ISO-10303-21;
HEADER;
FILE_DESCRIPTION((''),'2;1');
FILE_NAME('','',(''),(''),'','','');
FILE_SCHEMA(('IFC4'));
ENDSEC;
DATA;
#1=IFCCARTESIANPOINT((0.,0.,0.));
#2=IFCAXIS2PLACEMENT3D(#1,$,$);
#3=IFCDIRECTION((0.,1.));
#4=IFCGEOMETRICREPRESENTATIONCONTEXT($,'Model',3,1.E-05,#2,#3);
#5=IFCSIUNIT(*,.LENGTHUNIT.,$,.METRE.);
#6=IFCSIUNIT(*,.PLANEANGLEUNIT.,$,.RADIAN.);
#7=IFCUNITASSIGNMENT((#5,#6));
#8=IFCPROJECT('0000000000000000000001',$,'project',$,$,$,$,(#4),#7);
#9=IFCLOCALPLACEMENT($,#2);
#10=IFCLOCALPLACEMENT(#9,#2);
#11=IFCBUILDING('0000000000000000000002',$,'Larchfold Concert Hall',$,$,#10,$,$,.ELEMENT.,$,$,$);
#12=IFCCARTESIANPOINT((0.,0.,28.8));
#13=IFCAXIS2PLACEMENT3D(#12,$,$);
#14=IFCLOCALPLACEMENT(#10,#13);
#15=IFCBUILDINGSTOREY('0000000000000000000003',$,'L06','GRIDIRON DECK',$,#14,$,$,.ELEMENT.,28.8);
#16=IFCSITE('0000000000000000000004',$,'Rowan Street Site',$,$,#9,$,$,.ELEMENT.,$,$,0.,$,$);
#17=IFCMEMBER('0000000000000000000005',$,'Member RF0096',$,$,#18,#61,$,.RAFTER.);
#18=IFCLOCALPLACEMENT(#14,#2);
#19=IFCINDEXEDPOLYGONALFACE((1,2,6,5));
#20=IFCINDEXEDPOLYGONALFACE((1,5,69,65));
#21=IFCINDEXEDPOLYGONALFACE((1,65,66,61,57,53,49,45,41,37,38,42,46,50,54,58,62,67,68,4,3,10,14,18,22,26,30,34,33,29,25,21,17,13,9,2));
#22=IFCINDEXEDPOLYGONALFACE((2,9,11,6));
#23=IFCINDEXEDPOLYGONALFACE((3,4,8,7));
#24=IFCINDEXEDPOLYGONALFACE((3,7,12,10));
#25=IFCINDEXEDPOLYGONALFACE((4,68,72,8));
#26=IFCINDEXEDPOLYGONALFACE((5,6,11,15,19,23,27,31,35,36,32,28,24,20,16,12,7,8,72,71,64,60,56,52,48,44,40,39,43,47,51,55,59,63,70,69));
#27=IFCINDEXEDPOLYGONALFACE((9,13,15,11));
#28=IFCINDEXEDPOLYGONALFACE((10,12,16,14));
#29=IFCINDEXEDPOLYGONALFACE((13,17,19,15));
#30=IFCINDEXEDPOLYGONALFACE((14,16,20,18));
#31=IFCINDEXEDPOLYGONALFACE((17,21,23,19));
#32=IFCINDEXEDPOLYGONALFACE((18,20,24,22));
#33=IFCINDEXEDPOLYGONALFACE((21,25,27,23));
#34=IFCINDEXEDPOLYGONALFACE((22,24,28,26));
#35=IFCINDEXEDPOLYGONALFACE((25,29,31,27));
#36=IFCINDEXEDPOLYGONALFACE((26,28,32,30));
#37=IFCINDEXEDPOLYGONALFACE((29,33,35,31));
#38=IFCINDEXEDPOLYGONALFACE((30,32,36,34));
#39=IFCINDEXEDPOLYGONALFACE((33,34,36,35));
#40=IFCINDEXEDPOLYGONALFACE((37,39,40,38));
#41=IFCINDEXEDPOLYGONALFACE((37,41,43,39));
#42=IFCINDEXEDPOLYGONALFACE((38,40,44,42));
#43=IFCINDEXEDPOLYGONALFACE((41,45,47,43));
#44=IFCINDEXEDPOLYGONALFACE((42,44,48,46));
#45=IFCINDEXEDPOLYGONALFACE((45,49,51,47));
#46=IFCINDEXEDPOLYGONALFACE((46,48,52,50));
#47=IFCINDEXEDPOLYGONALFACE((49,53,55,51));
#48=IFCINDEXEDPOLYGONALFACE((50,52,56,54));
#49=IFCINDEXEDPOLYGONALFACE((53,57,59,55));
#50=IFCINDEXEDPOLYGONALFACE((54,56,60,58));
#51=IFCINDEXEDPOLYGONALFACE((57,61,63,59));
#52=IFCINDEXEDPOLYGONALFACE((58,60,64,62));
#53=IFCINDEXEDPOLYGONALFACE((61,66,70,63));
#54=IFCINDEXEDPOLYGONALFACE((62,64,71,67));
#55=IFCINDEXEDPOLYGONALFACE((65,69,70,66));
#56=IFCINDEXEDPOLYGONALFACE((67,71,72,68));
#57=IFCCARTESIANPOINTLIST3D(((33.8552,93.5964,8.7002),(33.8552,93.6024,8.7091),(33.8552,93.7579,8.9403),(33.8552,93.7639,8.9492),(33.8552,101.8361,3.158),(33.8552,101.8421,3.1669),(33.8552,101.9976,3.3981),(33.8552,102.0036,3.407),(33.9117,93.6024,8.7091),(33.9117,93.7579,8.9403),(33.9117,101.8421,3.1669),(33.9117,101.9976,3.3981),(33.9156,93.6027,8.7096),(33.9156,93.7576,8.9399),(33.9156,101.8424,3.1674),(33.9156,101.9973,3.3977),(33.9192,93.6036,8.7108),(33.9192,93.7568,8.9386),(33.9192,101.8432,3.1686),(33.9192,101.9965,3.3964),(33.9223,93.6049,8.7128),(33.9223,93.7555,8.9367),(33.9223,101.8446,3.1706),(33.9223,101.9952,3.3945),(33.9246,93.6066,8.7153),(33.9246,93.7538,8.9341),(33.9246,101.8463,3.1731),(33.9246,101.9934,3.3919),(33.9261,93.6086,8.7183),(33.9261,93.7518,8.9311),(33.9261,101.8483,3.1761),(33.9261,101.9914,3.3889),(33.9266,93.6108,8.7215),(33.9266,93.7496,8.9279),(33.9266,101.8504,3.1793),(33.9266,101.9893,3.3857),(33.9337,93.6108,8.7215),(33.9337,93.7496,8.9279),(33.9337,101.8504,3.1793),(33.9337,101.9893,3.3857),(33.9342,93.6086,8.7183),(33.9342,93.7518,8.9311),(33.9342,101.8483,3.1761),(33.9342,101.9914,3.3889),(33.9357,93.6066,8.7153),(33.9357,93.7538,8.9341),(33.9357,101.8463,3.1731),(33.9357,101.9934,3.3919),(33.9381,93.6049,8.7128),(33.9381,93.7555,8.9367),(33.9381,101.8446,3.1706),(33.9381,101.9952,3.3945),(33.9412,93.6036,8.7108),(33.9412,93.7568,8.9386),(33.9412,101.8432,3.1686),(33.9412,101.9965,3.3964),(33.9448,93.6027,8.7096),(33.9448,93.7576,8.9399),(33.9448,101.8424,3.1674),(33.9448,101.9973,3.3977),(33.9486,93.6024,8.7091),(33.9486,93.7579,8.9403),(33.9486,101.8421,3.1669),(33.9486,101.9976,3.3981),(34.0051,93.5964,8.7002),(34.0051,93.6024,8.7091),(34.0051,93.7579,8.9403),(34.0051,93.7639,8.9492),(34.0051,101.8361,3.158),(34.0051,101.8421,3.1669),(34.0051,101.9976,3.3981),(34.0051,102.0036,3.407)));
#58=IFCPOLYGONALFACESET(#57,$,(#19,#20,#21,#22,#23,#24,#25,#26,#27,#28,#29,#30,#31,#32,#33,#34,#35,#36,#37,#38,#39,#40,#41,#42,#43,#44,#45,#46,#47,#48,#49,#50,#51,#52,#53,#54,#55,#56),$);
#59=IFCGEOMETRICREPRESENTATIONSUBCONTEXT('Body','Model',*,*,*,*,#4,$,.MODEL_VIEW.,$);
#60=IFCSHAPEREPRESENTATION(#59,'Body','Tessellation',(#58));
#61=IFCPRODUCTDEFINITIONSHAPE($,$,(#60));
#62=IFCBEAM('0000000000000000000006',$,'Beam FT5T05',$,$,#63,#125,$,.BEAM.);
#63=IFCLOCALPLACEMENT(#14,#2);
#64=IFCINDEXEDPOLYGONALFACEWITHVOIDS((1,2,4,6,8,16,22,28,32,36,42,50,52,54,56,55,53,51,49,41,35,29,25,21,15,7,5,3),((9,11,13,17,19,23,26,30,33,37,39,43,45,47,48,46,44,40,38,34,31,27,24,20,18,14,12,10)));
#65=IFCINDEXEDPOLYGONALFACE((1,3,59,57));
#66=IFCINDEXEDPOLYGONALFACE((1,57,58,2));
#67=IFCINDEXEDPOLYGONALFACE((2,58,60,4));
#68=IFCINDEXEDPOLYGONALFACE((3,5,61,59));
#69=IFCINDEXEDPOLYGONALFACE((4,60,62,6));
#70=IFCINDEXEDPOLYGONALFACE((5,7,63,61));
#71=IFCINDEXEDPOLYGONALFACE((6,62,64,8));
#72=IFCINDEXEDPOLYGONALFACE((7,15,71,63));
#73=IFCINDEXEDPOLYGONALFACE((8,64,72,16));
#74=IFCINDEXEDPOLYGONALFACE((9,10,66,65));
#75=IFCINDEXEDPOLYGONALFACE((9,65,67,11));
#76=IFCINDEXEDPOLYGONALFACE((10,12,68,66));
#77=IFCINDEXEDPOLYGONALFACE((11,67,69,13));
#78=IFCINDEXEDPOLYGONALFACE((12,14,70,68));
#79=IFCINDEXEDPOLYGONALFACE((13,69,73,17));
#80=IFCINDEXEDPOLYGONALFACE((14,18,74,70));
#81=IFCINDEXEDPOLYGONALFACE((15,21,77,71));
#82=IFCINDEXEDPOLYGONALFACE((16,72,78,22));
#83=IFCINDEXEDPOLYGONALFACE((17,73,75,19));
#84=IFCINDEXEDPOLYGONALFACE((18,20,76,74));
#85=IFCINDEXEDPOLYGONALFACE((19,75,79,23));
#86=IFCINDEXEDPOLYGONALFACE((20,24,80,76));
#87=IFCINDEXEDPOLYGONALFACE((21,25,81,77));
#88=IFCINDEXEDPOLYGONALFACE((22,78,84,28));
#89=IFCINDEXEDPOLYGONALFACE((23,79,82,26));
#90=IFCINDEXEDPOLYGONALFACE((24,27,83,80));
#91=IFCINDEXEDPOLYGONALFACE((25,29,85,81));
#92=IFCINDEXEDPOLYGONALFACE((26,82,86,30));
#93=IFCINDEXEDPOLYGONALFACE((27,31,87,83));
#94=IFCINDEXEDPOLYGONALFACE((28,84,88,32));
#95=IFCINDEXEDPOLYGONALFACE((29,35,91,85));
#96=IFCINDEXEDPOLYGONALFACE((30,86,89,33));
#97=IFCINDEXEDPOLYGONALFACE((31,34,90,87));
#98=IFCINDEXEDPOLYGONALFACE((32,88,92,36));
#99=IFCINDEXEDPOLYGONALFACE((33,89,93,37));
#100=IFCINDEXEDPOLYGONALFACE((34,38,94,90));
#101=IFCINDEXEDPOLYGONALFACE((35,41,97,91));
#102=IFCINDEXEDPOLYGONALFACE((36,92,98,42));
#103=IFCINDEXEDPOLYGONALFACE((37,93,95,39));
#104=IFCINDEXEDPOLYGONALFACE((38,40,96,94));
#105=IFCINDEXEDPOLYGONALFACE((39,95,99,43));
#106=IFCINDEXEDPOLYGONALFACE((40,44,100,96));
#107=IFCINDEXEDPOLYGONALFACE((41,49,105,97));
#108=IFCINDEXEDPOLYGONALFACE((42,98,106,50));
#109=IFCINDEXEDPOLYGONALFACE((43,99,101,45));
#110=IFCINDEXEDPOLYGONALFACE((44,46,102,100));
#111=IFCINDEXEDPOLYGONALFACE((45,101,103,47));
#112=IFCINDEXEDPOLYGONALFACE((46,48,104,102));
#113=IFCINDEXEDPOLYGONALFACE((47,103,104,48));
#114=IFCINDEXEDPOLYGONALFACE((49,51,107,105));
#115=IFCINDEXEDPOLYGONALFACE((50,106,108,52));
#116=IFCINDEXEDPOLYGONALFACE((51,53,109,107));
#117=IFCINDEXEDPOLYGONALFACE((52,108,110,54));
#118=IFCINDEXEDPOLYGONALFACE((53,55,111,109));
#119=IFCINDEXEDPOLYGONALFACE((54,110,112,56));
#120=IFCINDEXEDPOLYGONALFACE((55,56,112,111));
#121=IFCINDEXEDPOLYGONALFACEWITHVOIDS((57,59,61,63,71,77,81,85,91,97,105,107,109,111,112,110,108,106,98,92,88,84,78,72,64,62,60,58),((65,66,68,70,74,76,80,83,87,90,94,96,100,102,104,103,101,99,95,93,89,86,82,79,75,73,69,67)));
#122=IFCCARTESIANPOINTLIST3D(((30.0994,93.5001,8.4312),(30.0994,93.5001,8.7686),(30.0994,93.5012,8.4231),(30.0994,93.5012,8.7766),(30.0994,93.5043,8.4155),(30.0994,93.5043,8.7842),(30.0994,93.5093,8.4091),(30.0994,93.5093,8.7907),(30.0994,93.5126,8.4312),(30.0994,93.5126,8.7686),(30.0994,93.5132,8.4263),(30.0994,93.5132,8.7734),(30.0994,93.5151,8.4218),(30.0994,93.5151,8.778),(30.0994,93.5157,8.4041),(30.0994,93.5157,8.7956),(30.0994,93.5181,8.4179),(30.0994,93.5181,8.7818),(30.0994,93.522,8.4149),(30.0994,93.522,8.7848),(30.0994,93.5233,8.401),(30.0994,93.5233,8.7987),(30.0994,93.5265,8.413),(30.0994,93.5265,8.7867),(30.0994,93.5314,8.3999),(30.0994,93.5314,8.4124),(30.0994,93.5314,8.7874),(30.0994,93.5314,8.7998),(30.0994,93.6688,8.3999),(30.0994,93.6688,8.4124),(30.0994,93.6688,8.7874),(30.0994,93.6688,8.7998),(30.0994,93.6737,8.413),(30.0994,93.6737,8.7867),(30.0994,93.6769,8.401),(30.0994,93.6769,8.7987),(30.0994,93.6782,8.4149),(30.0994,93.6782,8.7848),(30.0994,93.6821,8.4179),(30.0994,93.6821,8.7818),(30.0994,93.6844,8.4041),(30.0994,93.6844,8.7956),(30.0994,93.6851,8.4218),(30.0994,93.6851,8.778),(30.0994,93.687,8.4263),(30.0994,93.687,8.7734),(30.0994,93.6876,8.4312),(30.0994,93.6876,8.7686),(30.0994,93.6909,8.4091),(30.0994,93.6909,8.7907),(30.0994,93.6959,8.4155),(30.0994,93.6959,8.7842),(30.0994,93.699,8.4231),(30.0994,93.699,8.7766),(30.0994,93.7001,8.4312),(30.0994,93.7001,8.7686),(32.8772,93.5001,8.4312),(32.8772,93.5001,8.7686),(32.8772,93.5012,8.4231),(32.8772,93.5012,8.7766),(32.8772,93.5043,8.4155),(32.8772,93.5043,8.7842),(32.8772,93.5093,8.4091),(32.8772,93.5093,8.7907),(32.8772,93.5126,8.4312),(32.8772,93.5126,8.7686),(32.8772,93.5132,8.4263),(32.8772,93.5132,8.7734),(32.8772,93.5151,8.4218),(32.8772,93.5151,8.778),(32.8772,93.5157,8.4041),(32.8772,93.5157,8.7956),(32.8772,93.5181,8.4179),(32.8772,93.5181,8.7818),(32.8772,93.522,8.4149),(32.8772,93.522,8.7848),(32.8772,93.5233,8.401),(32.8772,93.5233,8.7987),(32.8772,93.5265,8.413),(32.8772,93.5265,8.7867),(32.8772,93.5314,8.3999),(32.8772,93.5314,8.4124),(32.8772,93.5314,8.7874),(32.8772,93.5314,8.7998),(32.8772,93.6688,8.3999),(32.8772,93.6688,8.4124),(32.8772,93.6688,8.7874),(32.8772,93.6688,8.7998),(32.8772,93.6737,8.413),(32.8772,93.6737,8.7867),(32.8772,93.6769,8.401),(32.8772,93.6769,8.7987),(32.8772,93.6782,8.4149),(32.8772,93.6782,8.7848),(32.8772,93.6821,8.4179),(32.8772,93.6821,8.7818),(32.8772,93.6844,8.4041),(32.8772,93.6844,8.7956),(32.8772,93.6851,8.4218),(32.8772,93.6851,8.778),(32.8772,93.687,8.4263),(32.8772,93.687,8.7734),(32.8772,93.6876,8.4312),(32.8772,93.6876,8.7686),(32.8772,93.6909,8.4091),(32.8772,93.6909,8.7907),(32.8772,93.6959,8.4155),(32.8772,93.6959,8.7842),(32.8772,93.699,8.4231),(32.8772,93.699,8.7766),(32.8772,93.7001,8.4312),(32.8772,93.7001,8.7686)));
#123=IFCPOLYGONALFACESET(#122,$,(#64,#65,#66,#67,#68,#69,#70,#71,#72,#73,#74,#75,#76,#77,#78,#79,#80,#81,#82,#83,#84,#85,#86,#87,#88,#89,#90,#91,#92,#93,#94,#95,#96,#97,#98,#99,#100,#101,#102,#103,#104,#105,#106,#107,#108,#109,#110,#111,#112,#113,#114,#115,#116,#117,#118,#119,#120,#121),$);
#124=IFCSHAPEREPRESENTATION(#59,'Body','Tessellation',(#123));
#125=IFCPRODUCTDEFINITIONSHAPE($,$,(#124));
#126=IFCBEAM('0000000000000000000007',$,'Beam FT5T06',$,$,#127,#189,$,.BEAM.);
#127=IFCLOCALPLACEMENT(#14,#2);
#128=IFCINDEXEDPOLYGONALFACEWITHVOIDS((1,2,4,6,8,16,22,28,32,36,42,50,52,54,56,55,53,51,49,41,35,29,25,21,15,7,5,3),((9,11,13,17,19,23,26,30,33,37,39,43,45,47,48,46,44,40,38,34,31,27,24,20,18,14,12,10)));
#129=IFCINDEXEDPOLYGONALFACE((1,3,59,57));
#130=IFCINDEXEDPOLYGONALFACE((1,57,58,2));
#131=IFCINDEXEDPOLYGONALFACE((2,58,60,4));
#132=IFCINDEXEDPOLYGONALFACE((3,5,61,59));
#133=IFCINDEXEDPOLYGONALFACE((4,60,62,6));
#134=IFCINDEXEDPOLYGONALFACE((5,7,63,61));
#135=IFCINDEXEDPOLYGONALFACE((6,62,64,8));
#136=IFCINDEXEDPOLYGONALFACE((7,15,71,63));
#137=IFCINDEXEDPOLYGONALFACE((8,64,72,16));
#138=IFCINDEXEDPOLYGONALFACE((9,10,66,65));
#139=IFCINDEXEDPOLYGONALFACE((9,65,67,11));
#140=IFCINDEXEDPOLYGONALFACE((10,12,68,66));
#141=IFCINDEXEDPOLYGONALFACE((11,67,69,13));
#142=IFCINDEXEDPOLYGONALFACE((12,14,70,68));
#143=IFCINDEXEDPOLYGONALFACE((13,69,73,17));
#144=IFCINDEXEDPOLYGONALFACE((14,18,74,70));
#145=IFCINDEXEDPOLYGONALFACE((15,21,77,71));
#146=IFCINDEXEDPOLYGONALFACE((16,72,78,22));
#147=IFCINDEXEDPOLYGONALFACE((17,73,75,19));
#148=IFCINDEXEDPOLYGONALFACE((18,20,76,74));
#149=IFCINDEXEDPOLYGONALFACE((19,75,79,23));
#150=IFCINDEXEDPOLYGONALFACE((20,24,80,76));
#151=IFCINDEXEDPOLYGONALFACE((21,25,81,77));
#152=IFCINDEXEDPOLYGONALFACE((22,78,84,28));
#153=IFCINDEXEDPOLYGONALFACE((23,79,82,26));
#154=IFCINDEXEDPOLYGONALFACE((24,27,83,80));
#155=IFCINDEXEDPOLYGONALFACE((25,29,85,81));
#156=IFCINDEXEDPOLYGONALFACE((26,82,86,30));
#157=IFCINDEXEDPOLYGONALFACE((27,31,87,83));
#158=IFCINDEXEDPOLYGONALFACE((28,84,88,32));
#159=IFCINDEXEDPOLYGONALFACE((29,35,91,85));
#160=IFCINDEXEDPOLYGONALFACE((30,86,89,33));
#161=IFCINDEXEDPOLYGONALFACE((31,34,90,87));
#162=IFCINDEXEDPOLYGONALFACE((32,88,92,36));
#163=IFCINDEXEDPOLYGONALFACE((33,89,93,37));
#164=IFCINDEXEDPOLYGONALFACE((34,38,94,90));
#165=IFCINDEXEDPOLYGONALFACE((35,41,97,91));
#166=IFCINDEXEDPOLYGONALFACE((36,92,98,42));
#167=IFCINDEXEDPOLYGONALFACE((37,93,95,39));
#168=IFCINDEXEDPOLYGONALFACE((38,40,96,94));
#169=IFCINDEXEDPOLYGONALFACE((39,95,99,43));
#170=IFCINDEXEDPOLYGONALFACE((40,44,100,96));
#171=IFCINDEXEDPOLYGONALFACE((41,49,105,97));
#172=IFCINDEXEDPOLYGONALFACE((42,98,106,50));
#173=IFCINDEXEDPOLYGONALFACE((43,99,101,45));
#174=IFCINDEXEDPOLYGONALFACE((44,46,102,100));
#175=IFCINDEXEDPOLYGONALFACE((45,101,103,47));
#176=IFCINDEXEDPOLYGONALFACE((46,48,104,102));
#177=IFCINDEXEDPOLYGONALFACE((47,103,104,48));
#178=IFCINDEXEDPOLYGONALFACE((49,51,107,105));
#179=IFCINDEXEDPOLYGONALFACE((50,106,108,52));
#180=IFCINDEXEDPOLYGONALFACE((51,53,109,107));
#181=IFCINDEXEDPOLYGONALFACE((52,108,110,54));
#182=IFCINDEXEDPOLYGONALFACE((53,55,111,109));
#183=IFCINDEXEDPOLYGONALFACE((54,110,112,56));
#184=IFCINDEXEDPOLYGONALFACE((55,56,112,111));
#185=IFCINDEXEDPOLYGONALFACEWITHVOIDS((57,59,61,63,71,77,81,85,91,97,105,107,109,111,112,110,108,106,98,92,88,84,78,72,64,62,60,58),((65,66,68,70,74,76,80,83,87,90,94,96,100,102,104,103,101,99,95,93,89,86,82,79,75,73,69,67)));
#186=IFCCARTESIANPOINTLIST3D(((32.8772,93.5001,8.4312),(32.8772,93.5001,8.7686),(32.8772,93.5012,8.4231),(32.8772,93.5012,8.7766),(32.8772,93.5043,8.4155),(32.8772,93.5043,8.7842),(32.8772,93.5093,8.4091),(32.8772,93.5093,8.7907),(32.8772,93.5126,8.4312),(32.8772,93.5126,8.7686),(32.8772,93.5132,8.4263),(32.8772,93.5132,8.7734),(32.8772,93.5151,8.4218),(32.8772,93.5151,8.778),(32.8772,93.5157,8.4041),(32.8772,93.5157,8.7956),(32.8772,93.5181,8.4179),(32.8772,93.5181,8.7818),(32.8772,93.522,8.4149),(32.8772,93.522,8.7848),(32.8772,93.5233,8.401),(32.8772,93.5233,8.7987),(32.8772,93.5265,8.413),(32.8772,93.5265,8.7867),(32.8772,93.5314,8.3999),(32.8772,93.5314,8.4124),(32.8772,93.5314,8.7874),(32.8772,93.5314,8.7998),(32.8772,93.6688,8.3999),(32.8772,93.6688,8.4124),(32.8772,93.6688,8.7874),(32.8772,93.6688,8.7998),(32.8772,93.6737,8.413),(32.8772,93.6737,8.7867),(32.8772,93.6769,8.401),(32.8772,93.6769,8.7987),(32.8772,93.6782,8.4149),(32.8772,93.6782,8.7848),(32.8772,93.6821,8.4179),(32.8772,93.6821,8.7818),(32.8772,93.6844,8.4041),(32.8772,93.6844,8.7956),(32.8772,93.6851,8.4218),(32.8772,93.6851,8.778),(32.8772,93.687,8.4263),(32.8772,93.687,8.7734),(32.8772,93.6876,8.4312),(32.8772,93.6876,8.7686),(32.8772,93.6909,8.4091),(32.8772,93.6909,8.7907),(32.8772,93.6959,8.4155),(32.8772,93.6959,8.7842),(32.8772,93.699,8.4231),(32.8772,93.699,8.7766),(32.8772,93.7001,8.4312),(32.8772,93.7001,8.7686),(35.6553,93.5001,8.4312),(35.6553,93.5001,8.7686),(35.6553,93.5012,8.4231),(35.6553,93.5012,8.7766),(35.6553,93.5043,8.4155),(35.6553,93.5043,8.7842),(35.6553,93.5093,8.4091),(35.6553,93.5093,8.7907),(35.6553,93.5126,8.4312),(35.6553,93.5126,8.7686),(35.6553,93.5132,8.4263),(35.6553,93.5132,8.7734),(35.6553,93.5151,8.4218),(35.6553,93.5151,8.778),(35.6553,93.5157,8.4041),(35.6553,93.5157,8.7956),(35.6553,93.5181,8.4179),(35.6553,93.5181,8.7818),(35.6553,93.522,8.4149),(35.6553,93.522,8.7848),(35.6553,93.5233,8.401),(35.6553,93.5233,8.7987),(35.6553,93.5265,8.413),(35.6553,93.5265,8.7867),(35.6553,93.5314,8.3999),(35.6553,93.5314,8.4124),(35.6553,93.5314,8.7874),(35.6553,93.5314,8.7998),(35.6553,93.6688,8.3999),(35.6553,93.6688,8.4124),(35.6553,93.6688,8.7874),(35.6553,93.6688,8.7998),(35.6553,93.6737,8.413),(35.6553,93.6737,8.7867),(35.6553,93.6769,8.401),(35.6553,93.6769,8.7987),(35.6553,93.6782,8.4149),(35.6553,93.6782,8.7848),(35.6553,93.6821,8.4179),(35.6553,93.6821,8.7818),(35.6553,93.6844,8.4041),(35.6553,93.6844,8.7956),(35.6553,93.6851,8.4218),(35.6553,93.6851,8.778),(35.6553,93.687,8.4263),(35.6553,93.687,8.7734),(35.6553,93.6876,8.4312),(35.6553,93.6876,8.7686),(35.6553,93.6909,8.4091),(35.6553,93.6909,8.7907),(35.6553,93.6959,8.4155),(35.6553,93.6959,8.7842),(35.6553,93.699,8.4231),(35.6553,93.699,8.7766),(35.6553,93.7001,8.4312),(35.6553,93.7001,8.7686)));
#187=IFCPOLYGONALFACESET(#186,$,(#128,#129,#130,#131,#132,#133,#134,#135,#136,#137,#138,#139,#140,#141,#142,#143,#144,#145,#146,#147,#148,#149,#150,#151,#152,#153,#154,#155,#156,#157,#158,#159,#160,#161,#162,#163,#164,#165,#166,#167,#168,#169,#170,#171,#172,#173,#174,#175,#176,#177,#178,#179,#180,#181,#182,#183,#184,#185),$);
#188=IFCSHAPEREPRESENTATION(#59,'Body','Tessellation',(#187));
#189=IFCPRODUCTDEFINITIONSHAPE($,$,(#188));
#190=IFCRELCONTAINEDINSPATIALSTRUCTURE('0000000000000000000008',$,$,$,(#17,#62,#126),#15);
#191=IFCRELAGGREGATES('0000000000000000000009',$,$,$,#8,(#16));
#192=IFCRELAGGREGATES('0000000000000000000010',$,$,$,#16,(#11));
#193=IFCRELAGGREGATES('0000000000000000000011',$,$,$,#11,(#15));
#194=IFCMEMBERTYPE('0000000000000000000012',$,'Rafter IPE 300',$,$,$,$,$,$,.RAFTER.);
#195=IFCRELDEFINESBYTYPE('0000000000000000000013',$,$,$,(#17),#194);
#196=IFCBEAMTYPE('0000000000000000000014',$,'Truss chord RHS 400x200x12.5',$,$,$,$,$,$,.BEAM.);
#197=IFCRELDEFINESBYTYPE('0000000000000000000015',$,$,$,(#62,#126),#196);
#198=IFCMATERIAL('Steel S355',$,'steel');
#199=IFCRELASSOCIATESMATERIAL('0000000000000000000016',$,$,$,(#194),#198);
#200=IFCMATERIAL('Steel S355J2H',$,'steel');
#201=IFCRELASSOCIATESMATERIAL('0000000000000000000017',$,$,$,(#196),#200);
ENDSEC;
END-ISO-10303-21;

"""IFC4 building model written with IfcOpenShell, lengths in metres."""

from ifc_helpers import new_model, si_unit, direction, frame, origin, origin_2d, place, context, subcontext, project, spatial, hollow_rectangle, i_section, extrude, material, material_profile, profile_set, type_object, element, save


model = new_model("IFC4")

# Units and contexts
model_context = context("Model", 3, precision=1e-05, world=origin(), true_north=direction((0.0, 1.0)))
body_context = subcontext(model_context, "Body", "Model", "MODEL_VIEW")
ifc_project = project(units=[si_unit("LENGTHUNIT", "METRE"), si_unit("PLANEANGLEUNIT", "RADIAN")], contexts=[model_context])

# Site, building, storey
site_placement = place(None, origin())
site = spatial("IfcSite", under=ifc_project, at=site_placement, Name="Rowan Street Site", CompositionType="ELEMENT", RefElevation=0.0)
building_placement = place(site_placement, origin())
building = spatial("IfcBuilding", under=site, at=building_placement, Name="Larchfold Concert Hall", CompositionType="ELEMENT")
storey_placement = place(building_placement, frame((0.0, 0.0, 28.8)))
storey = spatial("IfcBuildingStorey", under=building, at=storey_placement, Name="L06", Description="GRIDIRON DECK", CompositionType="ELEMENT", Elevation=28.8)

# Member
ifc_material_1 = material(Name="Steel S355", Category="steel")
ifc_material_profile_1 = material_profile(ifc_material_1, i_section(OverallWidth=0.1499, OverallDepth=0.3, WebThickness=0.0071, FlangeThickness=0.0107, FilletRadius=0.0149, at=origin_2d()))
ifc_profile_set_1 = profile_set([ifc_material_profile_1], Name="Steel S355")
member_type_1 = type_object("IfcMemberType", Name="Rafter IPE 300", PredefinedType="RAFTER", material=ifc_profile_set_1)
for number, where, z_axis, x_axis, name in (
    (1, (33.9302, 93.6802, 8.8247), (0.0, 0.829762, -0.558117), (-1.0, 0.0, 0.0), "Member RF0096"),
):
    element("IfcMember", number, at=place(storey_placement, frame(where, z_axis=z_axis, x_axis=x_axis)), inside=storey, type_object=member_type_1, Name=name, PredefinedType="RAFTER", context=body_context, shape_type="SweptSolid", body=[
        extrude(i_section(OverallWidth=0.1499, OverallDepth=0.3, WebThickness=0.0071, FlangeThickness=0.0107, FilletRadius=0.0149, at=origin_2d()), origin(), (0.0, 0.0, 1.0), 9.9302),
    ])

# Beams
ifc_material_2 = material(Name="Steel S355J2H", Category="steel")
ifc_material_profile_2 = material_profile(ifc_material_2, hollow_rectangle(XDim=0.2, YDim=0.3999, WallThickness=0.0125, InnerFilletRadius=0.0188, OuterFilletRadius=0.0312, at=origin_2d()))
ifc_profile_set_2 = profile_set([ifc_material_profile_2], Name="Steel S355J2H")
beam_type_1 = type_object("IfcBeamType", Name="Truss chord RHS 400x200x12.5", PredefinedType="BEAM", material=ifc_profile_set_2)
beam_1_placement = place(storey_placement, frame((30.0994, 93.6001, 8.5999), z_axis=(1.0, 0.0, 0.0), x_axis=(0.0, 1.0, 0.0)))
element("IfcBeam", 2, at=beam_1_placement, inside=storey, type_object=beam_type_1, Name="Beam FT5T05", PredefinedType="BEAM", context=body_context, shape_type="SweptSolid", body=[
    extrude(hollow_rectangle(XDim=0.2, YDim=0.3999, WallThickness=0.0125, InnerFilletRadius=0.0188, OuterFilletRadius=0.0312, at=origin_2d()), origin(), (0.0, 0.0, 1.0), 2.7778),
])
beam_2_placement = place(storey_placement, frame((32.8772, 93.6001, 8.5999), z_axis=(1.0, 0.0, 0.0), x_axis=(0.0, 1.0, 0.0)))
element("IfcBeam", 3, at=beam_2_placement, inside=storey, type_object=beam_type_1, Name="Beam FT5T06", PredefinedType="BEAM", context=body_context, shape_type="SweptSolid", body=[
    extrude(hollow_rectangle(XDim=0.2, YDim=0.3999, WallThickness=0.0125, InnerFilletRadius=0.0188, OuterFilletRadius=0.0312, at=origin_2d()), origin(), (0.0, 0.0, 1.0), 2.7781),
])

save(model, "model.ifc")
